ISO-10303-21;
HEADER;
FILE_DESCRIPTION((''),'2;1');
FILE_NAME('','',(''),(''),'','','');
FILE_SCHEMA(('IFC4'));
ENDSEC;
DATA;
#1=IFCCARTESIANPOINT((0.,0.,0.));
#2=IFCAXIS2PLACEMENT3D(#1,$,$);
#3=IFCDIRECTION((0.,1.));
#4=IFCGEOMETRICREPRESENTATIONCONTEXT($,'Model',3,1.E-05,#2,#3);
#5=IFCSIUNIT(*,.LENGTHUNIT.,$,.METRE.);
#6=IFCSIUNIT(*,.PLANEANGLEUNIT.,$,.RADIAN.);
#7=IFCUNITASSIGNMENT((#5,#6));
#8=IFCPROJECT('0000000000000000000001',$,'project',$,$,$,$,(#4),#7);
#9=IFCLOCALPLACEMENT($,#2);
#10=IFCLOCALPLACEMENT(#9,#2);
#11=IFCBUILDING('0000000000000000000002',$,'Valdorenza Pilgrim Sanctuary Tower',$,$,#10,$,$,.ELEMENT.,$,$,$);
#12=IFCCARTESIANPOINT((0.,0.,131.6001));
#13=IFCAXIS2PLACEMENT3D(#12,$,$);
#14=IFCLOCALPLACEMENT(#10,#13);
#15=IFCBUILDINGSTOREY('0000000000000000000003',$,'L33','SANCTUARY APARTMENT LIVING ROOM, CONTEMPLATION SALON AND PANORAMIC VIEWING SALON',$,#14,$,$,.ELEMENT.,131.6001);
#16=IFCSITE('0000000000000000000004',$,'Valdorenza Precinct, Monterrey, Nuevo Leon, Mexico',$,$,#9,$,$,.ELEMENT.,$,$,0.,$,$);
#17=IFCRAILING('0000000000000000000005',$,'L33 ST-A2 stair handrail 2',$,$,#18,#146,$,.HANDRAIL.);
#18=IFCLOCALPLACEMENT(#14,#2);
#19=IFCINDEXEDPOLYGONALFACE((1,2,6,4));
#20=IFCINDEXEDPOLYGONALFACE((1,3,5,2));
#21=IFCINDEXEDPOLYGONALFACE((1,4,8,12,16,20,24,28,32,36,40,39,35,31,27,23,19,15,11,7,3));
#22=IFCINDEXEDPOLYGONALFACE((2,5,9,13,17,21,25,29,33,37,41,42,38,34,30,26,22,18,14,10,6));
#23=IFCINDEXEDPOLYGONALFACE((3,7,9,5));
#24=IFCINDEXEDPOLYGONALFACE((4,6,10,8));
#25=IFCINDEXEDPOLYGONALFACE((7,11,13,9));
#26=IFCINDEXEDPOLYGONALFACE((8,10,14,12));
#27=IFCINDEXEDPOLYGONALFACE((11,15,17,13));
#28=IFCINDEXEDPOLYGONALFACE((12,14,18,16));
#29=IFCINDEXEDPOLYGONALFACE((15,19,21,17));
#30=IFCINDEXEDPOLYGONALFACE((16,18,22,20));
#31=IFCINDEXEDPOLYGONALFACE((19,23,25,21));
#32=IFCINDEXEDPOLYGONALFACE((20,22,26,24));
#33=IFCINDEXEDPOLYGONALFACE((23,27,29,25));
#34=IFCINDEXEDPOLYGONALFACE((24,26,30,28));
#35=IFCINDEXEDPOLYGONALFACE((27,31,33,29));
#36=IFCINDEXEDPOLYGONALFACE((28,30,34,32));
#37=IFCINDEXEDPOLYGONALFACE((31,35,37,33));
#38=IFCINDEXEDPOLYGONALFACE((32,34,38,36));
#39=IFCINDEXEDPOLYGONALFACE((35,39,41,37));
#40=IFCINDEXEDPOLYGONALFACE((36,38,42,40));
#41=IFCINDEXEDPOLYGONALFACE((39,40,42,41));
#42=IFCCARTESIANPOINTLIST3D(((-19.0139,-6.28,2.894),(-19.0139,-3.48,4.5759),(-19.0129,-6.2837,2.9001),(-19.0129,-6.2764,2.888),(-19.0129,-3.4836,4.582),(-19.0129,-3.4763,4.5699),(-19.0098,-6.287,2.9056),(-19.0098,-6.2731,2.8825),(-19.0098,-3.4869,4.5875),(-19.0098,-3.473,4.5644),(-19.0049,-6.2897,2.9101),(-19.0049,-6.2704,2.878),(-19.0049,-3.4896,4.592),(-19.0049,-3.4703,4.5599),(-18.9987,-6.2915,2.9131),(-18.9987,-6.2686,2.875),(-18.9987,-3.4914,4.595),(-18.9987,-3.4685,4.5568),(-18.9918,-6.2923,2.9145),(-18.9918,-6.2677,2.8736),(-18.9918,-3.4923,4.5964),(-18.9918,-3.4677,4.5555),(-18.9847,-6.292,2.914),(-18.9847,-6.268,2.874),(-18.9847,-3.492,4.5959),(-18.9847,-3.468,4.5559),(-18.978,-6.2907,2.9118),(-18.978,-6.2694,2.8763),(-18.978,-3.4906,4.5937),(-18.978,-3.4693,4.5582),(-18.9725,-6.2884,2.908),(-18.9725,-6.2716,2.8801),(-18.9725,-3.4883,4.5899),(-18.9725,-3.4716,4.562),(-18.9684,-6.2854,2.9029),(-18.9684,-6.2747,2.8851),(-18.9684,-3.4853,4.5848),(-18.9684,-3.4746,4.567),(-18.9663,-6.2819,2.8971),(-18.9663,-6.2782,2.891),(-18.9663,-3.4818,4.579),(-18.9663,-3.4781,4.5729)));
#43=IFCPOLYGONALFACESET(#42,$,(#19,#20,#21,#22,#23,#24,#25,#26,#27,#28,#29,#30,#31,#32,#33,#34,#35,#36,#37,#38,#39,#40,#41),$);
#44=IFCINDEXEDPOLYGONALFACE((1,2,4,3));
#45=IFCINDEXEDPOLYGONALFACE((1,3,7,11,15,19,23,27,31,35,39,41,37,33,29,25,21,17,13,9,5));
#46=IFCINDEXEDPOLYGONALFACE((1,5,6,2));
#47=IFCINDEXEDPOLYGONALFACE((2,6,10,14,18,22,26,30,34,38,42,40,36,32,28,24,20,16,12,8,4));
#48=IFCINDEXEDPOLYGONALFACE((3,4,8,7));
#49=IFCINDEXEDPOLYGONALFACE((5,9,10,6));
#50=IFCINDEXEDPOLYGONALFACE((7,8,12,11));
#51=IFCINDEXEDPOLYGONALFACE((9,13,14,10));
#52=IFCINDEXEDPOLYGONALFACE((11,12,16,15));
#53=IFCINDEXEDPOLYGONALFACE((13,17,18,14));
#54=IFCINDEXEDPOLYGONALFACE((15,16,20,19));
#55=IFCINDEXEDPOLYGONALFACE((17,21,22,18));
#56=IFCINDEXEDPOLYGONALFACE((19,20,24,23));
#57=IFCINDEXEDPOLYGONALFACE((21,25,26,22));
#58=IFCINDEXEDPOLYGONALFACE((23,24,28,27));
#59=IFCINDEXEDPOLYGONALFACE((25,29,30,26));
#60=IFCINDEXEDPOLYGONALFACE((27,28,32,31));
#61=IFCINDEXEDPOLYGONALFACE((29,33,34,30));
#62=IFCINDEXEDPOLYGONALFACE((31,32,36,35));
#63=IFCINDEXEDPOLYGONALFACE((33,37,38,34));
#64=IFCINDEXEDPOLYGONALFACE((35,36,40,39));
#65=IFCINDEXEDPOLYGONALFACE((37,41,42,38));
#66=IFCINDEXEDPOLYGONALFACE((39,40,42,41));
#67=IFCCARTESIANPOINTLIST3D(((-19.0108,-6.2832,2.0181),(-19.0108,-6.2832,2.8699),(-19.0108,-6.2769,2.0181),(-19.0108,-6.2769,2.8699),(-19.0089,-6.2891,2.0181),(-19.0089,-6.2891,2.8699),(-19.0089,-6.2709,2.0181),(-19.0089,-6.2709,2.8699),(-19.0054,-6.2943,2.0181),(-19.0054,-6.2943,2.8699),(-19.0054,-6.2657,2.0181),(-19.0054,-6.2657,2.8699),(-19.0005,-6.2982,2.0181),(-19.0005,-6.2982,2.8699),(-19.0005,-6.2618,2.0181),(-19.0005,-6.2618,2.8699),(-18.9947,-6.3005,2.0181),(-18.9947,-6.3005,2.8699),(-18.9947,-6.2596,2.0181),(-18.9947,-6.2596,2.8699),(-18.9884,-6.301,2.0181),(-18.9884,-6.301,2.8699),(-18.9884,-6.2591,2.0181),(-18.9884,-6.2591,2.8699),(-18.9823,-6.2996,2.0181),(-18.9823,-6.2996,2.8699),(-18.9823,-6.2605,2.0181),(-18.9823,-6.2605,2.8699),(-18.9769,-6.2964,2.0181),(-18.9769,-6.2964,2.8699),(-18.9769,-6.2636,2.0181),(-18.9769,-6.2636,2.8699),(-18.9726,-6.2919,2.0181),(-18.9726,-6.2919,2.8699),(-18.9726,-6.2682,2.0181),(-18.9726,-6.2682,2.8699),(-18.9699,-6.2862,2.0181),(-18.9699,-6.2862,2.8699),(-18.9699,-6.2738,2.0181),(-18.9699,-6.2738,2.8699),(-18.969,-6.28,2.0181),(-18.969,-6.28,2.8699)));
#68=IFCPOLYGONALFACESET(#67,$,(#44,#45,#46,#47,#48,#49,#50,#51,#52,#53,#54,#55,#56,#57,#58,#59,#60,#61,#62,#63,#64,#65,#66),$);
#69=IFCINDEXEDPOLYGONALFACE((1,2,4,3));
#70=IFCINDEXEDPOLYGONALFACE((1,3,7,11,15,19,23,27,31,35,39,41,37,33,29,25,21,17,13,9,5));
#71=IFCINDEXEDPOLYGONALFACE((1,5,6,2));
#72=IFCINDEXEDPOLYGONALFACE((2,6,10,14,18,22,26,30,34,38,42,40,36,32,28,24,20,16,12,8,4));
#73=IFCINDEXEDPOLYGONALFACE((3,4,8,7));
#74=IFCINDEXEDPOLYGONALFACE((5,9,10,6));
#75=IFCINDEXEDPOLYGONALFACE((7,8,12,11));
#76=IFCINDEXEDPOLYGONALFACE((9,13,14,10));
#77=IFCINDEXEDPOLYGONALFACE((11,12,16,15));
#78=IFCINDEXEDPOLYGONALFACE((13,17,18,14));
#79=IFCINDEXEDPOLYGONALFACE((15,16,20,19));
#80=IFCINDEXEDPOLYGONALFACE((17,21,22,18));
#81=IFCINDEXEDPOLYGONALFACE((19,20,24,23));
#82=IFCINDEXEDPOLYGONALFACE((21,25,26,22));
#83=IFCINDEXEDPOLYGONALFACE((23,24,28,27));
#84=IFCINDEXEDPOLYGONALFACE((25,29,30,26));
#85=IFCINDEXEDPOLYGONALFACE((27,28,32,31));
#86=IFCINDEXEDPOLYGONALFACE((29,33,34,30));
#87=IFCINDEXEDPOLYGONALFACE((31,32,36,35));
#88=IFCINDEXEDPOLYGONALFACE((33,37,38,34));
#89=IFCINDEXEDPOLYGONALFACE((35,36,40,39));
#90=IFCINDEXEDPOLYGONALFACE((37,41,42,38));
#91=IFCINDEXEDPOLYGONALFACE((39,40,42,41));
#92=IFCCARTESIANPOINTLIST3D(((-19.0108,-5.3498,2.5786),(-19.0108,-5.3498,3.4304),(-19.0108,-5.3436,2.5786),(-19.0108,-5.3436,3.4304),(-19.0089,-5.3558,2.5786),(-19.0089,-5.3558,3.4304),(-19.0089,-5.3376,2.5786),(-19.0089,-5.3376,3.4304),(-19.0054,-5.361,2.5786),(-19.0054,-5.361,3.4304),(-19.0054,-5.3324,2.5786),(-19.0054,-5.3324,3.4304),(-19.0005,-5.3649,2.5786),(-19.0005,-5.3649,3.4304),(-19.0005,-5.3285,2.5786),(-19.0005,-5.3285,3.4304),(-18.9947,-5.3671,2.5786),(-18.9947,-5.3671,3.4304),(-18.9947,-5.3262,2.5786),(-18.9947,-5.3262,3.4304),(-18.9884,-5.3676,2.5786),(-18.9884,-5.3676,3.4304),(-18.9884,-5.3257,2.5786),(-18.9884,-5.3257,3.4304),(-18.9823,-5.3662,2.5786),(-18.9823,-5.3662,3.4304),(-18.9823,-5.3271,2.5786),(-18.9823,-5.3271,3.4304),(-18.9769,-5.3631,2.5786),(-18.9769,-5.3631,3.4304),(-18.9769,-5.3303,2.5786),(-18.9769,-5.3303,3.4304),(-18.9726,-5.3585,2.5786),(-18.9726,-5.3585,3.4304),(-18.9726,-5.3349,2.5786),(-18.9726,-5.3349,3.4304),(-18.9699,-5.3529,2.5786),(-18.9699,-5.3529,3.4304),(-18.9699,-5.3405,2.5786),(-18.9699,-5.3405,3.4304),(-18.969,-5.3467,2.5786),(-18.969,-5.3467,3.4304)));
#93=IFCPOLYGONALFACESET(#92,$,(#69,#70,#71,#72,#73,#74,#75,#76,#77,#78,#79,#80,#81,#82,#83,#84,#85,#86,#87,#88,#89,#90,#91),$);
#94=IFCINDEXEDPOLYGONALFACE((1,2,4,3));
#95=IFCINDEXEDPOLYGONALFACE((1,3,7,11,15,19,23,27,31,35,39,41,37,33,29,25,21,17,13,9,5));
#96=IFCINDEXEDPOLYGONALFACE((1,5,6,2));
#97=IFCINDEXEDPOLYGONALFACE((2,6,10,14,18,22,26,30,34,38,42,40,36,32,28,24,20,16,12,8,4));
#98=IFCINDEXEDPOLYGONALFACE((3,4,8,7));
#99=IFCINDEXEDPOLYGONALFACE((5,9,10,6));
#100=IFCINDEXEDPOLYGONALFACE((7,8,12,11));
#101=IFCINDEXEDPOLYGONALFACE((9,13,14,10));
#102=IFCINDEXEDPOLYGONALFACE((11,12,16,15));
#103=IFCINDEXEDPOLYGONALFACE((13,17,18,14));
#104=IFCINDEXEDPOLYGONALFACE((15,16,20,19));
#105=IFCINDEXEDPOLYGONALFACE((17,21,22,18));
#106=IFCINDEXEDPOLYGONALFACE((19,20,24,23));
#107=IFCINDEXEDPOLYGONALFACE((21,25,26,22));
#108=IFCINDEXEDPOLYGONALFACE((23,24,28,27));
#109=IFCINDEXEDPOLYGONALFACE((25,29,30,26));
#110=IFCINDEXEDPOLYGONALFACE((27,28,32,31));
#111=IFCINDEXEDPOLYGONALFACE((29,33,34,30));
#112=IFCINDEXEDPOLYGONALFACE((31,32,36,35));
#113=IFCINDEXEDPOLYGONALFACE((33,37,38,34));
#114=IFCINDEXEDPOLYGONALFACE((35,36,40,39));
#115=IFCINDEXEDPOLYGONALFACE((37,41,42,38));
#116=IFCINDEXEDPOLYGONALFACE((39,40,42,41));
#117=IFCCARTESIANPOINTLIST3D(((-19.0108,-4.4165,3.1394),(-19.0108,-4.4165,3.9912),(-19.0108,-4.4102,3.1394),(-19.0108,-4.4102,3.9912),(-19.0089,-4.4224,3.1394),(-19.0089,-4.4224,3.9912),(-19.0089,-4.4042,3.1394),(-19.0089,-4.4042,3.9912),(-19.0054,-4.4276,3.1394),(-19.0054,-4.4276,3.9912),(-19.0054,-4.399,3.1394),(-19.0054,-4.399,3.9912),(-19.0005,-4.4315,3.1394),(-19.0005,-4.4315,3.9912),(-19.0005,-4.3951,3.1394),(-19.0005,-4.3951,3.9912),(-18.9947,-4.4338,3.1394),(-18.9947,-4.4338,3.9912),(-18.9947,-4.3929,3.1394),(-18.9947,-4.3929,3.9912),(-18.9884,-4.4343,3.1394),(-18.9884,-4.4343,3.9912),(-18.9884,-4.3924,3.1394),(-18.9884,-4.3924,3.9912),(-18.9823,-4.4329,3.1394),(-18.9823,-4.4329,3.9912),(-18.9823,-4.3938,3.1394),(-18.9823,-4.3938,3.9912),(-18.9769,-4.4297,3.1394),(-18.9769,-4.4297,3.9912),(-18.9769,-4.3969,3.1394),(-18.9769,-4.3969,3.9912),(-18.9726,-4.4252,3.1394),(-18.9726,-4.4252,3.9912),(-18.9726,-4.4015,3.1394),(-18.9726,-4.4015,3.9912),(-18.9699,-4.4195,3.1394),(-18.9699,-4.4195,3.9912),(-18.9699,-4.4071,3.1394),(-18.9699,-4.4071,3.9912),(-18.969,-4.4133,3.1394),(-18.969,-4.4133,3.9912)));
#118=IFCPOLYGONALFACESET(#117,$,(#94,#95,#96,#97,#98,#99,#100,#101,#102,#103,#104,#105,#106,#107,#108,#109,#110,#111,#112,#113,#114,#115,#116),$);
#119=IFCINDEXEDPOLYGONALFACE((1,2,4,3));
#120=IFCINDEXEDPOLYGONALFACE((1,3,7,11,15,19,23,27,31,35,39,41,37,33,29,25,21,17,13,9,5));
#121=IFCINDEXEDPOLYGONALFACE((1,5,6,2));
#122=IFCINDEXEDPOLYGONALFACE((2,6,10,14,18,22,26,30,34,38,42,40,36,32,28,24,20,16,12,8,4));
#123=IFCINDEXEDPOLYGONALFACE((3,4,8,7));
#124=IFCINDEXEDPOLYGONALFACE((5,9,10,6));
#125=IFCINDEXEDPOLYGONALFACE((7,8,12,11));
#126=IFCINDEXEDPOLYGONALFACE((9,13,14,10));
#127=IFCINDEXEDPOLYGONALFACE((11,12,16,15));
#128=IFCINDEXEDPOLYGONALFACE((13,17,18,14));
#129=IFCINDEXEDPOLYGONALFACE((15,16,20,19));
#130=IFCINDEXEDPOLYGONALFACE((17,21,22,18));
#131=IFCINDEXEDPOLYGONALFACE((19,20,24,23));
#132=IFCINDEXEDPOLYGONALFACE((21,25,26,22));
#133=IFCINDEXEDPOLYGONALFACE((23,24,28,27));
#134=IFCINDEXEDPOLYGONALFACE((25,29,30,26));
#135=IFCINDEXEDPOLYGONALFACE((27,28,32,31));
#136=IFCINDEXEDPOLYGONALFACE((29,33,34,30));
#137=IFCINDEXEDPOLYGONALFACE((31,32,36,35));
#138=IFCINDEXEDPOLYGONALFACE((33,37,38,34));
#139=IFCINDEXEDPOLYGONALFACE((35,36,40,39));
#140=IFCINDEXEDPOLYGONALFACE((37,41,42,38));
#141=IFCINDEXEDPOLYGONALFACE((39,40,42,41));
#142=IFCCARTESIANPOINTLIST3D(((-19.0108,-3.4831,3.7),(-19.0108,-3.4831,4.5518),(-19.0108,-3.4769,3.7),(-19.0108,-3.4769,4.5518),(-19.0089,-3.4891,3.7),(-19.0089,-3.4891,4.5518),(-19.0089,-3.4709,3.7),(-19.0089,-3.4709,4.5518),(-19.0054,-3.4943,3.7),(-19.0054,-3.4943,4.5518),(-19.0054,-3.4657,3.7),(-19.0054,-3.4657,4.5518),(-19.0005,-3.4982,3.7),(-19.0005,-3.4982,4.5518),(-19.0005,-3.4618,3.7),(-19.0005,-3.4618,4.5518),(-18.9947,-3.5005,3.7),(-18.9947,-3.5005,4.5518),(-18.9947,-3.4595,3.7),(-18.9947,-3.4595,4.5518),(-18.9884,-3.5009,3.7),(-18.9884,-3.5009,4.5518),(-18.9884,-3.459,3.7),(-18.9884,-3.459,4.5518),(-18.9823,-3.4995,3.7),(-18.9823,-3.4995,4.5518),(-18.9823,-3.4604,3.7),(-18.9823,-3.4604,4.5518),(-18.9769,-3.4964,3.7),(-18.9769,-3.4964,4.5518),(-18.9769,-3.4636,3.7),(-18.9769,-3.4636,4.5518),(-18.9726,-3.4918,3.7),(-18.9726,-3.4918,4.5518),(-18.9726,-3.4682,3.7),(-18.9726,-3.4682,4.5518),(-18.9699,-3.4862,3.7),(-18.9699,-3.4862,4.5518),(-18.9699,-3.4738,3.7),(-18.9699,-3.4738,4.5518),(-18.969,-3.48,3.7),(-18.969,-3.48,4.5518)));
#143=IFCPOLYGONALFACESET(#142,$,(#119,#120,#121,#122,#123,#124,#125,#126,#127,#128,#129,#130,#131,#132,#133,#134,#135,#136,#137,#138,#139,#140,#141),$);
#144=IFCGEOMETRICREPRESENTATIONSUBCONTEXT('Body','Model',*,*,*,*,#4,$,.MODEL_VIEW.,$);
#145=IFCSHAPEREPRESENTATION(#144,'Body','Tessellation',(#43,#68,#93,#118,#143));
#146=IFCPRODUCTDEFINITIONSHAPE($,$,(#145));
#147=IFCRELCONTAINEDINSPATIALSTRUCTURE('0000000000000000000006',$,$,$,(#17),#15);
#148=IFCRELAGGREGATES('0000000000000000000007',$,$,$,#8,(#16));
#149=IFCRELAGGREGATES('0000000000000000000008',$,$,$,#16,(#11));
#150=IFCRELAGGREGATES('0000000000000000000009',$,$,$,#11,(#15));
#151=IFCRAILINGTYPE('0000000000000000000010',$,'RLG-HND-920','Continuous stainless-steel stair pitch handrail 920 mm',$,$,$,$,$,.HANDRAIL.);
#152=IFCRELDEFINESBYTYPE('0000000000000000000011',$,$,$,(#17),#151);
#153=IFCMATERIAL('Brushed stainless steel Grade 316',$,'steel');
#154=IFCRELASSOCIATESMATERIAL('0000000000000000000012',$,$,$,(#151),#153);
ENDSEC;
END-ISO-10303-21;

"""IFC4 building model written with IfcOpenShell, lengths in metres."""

from ifc_helpers import new_model, si_unit, direction, frame, origin, origin_2d, place, context, subcontext, project, spatial, circle, extrude, material, type_object, element, save


model = new_model("IFC4")

# Units and contexts
model_context = context("Model", 3, precision=1e-05, world=origin(), true_north=direction((0.0, 1.0)))
body_context = subcontext(model_context, "Body", "Model", "MODEL_VIEW")
ifc_project = project(units=[si_unit("LENGTHUNIT", "METRE"), si_unit("PLANEANGLEUNIT", "RADIAN")], contexts=[model_context])

# Site, building, storey
site_placement = place(None, origin())
site = spatial("IfcSite", under=ifc_project, at=site_placement, Name="Valdorenza Precinct, Monterrey, Nuevo Leon, Mexico", CompositionType="ELEMENT", RefElevation=0.0)
building_placement = place(site_placement, origin())
building = spatial("IfcBuilding", under=site, at=building_placement, Name="Valdorenza Pilgrim Sanctuary Tower", CompositionType="ELEMENT")
storey_placement = place(building_placement, frame((0.0, 0.0, 131.6001)))
storey = spatial("IfcBuildingStorey", under=building, at=storey_placement, Name="L33", Description="SANCTUARY APARTMENT LIVING ROOM, CONTEMPLATION SALON AND PANORAMIC VIEWING SALON", CompositionType="ELEMENT", Elevation=131.6001)

# Shared definitions
ifc_material_1 = material(Name="Brushed stainless steel Grade 316", Category="steel")

# Railing
railing_type_1 = type_object("IfcRailingType", Name="RLG-HND-920", Description="Continuous stainless-steel stair pitch handrail 920 mm", PredefinedType="HANDRAIL", material=ifc_material_1)
railing_1_placement = place(storey_placement, frame((-18.99, -6.28, 2.0181)))
element("IfcRailing", 1, at=railing_1_placement, inside=storey, type_object=railing_type_1, Name="L33 ST-A2 stair handrail 2", PredefinedType="HANDRAIL", context=body_context, shape_type="SweptSolid", body=[
    extrude(circle(Radius=0.0239, at=origin_2d()), frame((0.0, 0.0, 0.876), z_axis=(0.0, 0.857242, 0.514913), x_axis=(-1.0, 0.0, 0.0)), (0.0, 0.0, 1.0), 3.2664),
    extrude(circle(Radius=0.021, at=origin_2d()), origin(), (0.0, 0.0, 1.0), 0.8518),
    extrude(circle(Radius=0.021, at=origin_2d()), frame((0.0, 0.9333, 0.5605)), (0.0, 0.0, 1.0), 0.8518),
    extrude(circle(Radius=0.021, at=origin_2d()), frame((0.0, 1.8667, 1.1213)), (0.0, 0.0, 1.0), 0.8518),
    extrude(circle(Radius=0.021, at=origin_2d()), frame((0.0, 2.8, 1.6819)), (0.0, 0.0, 1.0), 0.8518),
])

save(model, "model.ifc")
